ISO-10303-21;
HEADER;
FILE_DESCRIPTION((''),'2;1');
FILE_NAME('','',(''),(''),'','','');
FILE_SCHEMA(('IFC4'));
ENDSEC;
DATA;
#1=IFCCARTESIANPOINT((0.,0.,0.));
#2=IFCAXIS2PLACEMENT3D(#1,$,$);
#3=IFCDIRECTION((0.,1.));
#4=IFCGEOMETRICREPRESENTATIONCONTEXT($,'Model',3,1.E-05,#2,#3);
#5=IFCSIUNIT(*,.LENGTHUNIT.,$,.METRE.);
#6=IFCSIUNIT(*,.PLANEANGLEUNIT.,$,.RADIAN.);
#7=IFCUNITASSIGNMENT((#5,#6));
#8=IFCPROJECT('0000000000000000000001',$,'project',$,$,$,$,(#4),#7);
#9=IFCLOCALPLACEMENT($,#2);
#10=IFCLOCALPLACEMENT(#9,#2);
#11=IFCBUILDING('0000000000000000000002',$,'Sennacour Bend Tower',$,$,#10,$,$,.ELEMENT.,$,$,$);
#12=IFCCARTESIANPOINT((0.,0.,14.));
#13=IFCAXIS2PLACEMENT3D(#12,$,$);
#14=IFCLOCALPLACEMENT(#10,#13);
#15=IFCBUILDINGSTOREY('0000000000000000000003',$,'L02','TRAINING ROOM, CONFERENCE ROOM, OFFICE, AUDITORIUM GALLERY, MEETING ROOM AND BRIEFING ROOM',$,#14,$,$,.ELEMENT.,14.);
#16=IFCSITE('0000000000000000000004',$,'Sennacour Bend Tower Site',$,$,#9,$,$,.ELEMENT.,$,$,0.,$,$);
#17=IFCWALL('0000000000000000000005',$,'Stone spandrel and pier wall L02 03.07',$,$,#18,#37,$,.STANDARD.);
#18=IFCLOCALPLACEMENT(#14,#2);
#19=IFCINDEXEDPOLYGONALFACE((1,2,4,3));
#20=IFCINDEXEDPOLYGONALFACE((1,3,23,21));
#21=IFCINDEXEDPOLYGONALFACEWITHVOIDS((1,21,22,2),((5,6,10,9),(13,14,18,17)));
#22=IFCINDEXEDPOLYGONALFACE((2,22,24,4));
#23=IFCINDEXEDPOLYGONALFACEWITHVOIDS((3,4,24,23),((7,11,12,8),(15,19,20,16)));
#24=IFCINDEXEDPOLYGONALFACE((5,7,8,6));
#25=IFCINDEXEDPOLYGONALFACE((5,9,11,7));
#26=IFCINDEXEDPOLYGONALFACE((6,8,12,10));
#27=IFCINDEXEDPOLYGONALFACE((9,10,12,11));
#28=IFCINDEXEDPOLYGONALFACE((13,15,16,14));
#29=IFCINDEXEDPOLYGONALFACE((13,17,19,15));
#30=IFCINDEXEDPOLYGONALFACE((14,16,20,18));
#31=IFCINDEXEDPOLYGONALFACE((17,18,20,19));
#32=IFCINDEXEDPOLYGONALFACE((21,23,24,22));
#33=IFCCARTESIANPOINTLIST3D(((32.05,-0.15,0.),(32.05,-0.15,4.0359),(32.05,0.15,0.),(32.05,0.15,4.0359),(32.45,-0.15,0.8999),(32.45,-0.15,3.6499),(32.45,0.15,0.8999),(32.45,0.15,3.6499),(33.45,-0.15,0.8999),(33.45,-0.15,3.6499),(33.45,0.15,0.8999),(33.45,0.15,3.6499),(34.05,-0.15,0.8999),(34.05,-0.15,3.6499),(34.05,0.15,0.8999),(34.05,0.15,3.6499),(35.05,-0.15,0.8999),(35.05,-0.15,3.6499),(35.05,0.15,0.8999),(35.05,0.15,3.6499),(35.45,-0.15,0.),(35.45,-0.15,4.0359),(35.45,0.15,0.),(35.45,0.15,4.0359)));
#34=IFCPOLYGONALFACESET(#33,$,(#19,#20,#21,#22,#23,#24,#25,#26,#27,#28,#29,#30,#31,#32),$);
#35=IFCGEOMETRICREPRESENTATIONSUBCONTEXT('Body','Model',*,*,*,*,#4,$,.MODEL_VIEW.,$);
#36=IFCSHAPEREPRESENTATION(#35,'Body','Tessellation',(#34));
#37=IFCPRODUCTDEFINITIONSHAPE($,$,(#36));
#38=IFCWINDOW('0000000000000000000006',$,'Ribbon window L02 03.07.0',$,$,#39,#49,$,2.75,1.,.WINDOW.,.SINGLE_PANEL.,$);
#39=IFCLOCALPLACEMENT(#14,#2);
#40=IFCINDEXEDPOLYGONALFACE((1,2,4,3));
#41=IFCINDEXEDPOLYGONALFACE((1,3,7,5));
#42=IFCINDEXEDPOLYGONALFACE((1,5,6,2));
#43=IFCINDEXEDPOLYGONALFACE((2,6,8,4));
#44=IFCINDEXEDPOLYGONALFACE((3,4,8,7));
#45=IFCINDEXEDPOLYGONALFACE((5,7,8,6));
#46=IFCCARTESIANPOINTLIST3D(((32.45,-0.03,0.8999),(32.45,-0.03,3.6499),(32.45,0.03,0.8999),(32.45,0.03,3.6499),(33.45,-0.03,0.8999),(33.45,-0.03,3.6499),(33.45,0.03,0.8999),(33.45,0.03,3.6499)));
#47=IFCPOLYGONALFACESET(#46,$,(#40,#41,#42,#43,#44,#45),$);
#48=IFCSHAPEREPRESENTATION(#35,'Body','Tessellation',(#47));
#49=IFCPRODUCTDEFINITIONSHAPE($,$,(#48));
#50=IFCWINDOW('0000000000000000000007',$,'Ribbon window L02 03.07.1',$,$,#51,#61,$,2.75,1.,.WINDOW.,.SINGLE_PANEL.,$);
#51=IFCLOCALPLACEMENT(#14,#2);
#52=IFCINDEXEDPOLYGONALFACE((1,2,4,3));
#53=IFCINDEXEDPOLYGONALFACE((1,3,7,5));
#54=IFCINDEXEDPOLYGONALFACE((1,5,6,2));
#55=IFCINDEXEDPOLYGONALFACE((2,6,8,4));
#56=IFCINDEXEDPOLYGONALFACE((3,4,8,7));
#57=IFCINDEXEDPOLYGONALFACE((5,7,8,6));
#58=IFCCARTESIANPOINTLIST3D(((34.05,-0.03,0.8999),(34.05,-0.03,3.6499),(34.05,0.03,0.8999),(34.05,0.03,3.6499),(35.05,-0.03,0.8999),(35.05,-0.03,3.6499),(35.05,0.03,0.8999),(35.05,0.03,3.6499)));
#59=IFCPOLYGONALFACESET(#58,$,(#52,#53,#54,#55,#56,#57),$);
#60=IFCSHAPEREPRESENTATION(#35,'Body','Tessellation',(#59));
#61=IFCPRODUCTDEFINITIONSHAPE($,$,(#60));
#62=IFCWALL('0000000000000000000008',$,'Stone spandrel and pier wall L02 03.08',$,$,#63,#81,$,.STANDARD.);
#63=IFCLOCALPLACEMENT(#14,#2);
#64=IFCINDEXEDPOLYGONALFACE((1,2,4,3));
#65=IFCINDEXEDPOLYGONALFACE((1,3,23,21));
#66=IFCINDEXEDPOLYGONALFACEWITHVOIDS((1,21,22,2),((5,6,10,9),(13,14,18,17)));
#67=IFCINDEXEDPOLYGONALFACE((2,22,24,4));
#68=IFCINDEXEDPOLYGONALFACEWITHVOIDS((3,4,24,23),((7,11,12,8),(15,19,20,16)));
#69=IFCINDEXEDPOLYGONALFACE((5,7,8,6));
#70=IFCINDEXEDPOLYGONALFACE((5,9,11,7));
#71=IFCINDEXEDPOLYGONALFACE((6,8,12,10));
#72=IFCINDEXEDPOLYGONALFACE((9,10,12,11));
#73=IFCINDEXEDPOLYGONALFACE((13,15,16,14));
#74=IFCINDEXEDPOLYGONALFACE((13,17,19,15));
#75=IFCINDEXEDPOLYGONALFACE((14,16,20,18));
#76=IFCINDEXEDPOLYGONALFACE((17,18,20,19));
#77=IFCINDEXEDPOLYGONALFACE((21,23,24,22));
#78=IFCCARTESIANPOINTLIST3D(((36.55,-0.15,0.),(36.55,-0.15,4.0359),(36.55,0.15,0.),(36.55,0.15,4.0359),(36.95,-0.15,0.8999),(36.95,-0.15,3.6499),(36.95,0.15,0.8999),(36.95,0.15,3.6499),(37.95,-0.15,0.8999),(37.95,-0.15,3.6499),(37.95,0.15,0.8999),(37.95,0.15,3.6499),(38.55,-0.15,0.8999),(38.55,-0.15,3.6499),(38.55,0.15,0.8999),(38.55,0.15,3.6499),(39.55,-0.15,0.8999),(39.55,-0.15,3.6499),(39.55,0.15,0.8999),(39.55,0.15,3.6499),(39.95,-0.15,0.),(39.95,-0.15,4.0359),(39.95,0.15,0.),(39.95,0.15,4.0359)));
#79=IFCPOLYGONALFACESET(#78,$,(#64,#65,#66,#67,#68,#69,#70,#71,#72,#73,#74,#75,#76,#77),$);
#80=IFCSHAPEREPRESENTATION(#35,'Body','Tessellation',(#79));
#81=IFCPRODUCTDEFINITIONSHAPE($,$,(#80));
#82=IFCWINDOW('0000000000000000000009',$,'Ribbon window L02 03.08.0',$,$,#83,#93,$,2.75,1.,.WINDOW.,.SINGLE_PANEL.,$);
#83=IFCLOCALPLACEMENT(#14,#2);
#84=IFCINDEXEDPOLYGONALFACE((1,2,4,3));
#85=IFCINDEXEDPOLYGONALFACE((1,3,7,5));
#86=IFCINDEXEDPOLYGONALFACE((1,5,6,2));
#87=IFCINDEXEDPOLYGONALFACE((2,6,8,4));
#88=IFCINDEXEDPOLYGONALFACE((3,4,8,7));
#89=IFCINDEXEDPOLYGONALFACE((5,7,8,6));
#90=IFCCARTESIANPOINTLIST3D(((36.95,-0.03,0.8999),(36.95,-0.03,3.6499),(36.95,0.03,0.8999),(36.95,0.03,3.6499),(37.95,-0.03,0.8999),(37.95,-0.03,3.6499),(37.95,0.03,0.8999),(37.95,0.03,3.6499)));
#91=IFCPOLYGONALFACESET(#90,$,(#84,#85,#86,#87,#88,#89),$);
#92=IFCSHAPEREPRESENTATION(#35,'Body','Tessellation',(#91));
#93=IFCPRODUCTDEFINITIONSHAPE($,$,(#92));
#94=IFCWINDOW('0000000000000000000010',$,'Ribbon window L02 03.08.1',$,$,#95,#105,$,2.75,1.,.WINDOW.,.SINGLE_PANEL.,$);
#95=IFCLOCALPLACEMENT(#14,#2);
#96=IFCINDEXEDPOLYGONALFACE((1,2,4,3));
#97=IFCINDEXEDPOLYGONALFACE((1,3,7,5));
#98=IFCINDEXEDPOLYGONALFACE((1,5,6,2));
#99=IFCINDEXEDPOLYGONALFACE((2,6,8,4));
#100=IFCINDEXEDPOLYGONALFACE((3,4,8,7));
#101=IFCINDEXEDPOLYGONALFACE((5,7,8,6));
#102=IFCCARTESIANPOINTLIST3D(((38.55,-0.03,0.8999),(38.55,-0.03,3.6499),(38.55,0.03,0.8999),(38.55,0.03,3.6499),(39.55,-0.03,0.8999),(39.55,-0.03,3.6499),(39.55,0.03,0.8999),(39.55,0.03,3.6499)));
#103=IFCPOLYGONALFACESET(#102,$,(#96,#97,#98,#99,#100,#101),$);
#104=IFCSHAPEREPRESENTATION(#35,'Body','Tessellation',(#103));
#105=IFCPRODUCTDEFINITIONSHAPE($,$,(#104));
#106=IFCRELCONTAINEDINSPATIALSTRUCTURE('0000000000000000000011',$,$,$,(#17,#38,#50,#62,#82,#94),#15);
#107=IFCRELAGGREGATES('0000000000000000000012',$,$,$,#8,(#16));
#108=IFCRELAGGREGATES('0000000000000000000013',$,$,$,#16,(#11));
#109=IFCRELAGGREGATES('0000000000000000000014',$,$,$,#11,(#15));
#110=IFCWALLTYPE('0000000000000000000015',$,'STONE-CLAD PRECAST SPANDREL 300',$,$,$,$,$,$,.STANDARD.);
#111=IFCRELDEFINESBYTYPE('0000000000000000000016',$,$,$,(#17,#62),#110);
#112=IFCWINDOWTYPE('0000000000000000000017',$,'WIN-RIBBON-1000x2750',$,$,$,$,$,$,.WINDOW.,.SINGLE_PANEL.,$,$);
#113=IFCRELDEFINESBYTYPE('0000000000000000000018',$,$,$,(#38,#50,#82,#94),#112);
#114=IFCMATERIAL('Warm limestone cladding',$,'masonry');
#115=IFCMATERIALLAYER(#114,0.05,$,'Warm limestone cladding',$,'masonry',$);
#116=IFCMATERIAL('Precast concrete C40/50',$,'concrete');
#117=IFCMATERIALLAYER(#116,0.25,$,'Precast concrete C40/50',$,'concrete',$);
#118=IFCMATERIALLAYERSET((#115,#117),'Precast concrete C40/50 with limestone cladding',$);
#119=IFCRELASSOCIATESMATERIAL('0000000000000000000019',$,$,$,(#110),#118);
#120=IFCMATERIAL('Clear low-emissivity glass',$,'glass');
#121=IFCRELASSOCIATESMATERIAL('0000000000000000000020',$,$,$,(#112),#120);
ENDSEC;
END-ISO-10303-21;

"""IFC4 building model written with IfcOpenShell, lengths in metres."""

from ifc_helpers import new_model, si_unit, direction, frame, frame_2d, origin, place, context, subcontext, project, spatial, rectangle, extrude, material, layer, layer_set, type_object, element, fill, save


model = new_model("IFC4")

# Units and contexts
model_context = context("Model", 3, precision=1e-05, world=origin(), true_north=direction((0.0, 1.0)))
body_context = subcontext(model_context, "Body", "Model", "MODEL_VIEW")
ifc_project = project(units=[si_unit("LENGTHUNIT", "METRE"), si_unit("PLANEANGLEUNIT", "RADIAN")], contexts=[model_context])

# Site, building, storey
site_placement = place(None, origin())
site = spatial("IfcSite", under=ifc_project, at=site_placement, Name="Sennacour Bend Tower Site", CompositionType="ELEMENT", RefElevation=0.0)
building_placement = place(site_placement, origin())
building = spatial("IfcBuilding", under=site, at=building_placement, Name="Sennacour Bend Tower", CompositionType="ELEMENT")
storey_placement = place(building_placement, frame((0.0, 0.0, 14.0)))
storey = spatial("IfcBuildingStorey", under=building, at=storey_placement, Name="L02", Description="TRAINING ROOM, CONFERENCE ROOM, OFFICE, AUDITORIUM GALLERY, MEETING ROOM AND BRIEFING ROOM", CompositionType="ELEMENT", Elevation=14.0)

# Walls, openings, windows
ifc_material_1 = material(Name="Warm limestone cladding", Category="masonry")
ifc_layer_1 = layer(ifc_material_1, 0.05, Name="Warm limestone cladding", Category="masonry")
ifc_material_2 = material(Name="Precast concrete C40/50", Category="concrete")
ifc_layer_2 = layer(ifc_material_2, 0.25, Name="Precast concrete C40/50", Category="concrete")
ifc_layer_set_1 = layer_set([ifc_layer_1, ifc_layer_2], Name="Precast concrete C40/50 with limestone cladding")
wall_type_1 = type_object("IfcWallType", Name="STONE-CLAD PRECAST SPANDREL 300", PredefinedType="STANDARD", material=ifc_layer_set_1)
ifc_material_3 = material(Name="Clear low-emissivity glass", Category="glass")
window_type = type_object("IfcWindowType", Name="WIN-RIBBON-1000x2750", PartitioningType="SINGLE_PANEL", PredefinedType="WINDOW", material=ifc_material_3)
wall_1_placement = place(storey_placement, frame((32.05, 0.0, 0.0), z_axis=(0.0, 0.0, 1.0), x_axis=(1.0, 0.0, 0.0)))
wall_1 = element("IfcWall", 1, at=wall_1_placement, inside=storey, type_object=wall_type_1, Name="Stone spandrel and pier wall L02 03.07", PredefinedType="STANDARD", context=body_context, shape_type="SweptSolid", body=[
    extrude(rectangle(XDim=3.3999, YDim=0.3, at=frame_2d((1.7, 0.0))), origin(), (0.0, 0.0, 1.0), 4.0359),
])
opening_1_placement = place(wall_1_placement, frame((0.3999, 0.0, 0.8999)))
opening_1 = element("IfcOpeningElement", 2, at=opening_1_placement, cuts=wall_1, PredefinedType="OPENING", context=body_context, shape_type="SweptSolid", body=[
    extrude(rectangle(XDim=1.0, YDim=2.75, at=frame_2d((0.5, 1.375))), frame((0.0, 0.1602, 0.0), z_axis=(0.0, -1.0, 0.0), x_axis=(1.0, 0.0, 0.0)), (0.0, 0.0, 1.0), 0.3201),
])
opening_2_placement = place(wall_1_placement, frame((2.0, 0.0, 0.8999)))
opening_2 = element("IfcOpeningElement", 3, at=opening_2_placement, cuts=wall_1, PredefinedType="OPENING", context=body_context, shape_type="SweptSolid", body=[
    extrude(rectangle(XDim=1.0, YDim=2.75, at=frame_2d((0.5, 1.375))), frame((0.0, 0.1602, 0.0), z_axis=(0.0, -1.0, 0.0), x_axis=(1.0, 0.0, 0.0)), (0.0, 0.0, 1.0), 0.3201),
])
window_1_placement = place(opening_1_placement, origin())
window_1 = element("IfcWindow", 4, at=window_1_placement, inside=storey, type_object=window_type, Name="Ribbon window L02 03.07.0", OverallHeight=2.75, OverallWidth=1.0, PartitioningType="SINGLE_PANEL", PredefinedType="WINDOW", context=body_context, shape_type="SweptSolid", body=[
    extrude(rectangle(XDim=1.0, YDim=2.75, at=frame_2d((0.5, 1.375))), frame((0.0, 0.03, 0.0), z_axis=(0.0, -1.0, 0.0), x_axis=(1.0, 0.0, 0.0)), (0.0, 0.0, 1.0), 0.0601),
])
fill(opening_1, window_1)
window_2_placement = place(opening_2_placement, origin())
window_2 = element("IfcWindow", 5, at=window_2_placement, inside=storey, type_object=window_type, Name="Ribbon window L02 03.07.1", OverallHeight=2.75, OverallWidth=1.0, PartitioningType="SINGLE_PANEL", PredefinedType="WINDOW", context=body_context, shape_type="SweptSolid", body=[
    extrude(rectangle(XDim=1.0, YDim=2.75, at=frame_2d((0.5, 1.375))), frame((0.0, 0.03, 0.0), z_axis=(0.0, -1.0, 0.0), x_axis=(1.0, 0.0, 0.0)), (0.0, 0.0, 1.0), 0.0601),
])
fill(opening_2, window_2)
wall_2_placement = place(storey_placement, frame((36.55, 0.0, 0.0), z_axis=(0.0, 0.0, 1.0), x_axis=(1.0, 0.0, 0.0)))
wall_2 = element("IfcWall", 6, at=wall_2_placement, inside=storey, type_object=wall_type_1, Name="Stone spandrel and pier wall L02 03.08", PredefinedType="STANDARD", context=body_context, shape_type="SweptSolid", body=[
    extrude(rectangle(XDim=3.3999, YDim=0.3, at=frame_2d((1.7, 0.0))), origin(), (0.0, 0.0, 1.0), 4.0359),
])
opening_3_placement = place(wall_2_placement, frame((0.3999, 0.0, 0.8999)))
opening_3 = element("IfcOpeningElement", 7, at=opening_3_placement, cuts=wall_2, PredefinedType="OPENING", context=body_context, shape_type="SweptSolid", body=[
    extrude(rectangle(XDim=1.0, YDim=2.75, at=frame_2d((0.5, 1.375))), frame((0.0, 0.1602, 0.0), z_axis=(0.0, -1.0, 0.0), x_axis=(1.0, 0.0, 0.0)), (0.0, 0.0, 1.0), 0.3201),
])
opening_4_placement = place(wall_2_placement, frame((2.0, 0.0, 0.8999)))
opening_4 = element("IfcOpeningElement", 8, at=opening_4_placement, cuts=wall_2, PredefinedType="OPENING", context=body_context, shape_type="SweptSolid", body=[
    extrude(rectangle(XDim=1.0, YDim=2.75, at=frame_2d((0.5, 1.375))), frame((0.0, 0.1602, 0.0), z_axis=(0.0, -1.0, 0.0), x_axis=(1.0, 0.0, 0.0)), (0.0, 0.0, 1.0), 0.3201),
])
window_3_placement = place(opening_3_placement, origin())
window_3 = element("IfcWindow", 9, at=window_3_placement, inside=storey, type_object=window_type, Name="Ribbon window L02 03.08.0", OverallHeight=2.75, OverallWidth=1.0, PartitioningType="SINGLE_PANEL", PredefinedType="WINDOW", context=body_context, shape_type="SweptSolid", body=[
    extrude(rectangle(XDim=1.0, YDim=2.75, at=frame_2d((0.5, 1.375))), frame((0.0, 0.03, 0.0), z_axis=(0.0, -1.0, 0.0), x_axis=(1.0, 0.0, 0.0)), (0.0, 0.0, 1.0), 0.0601),
])
fill(opening_3, window_3)
window_4_placement = place(opening_4_placement, origin())
window_4 = element("IfcWindow", 10, at=window_4_placement, inside=storey, type_object=window_type, Name="Ribbon window L02 03.08.1", OverallHeight=2.75, OverallWidth=1.0, PartitioningType="SINGLE_PANEL", PredefinedType="WINDOW", context=body_context, shape_type="SweptSolid", body=[
    extrude(rectangle(XDim=1.0, YDim=2.75, at=frame_2d((0.5, 1.375))), frame((0.0, 0.03, 0.0), z_axis=(0.0, -1.0, 0.0), x_axis=(1.0, 0.0, 0.0)), (0.0, 0.0, 1.0), 0.0601),
])
fill(opening_4, window_4)

save(model, "model.ifc")
